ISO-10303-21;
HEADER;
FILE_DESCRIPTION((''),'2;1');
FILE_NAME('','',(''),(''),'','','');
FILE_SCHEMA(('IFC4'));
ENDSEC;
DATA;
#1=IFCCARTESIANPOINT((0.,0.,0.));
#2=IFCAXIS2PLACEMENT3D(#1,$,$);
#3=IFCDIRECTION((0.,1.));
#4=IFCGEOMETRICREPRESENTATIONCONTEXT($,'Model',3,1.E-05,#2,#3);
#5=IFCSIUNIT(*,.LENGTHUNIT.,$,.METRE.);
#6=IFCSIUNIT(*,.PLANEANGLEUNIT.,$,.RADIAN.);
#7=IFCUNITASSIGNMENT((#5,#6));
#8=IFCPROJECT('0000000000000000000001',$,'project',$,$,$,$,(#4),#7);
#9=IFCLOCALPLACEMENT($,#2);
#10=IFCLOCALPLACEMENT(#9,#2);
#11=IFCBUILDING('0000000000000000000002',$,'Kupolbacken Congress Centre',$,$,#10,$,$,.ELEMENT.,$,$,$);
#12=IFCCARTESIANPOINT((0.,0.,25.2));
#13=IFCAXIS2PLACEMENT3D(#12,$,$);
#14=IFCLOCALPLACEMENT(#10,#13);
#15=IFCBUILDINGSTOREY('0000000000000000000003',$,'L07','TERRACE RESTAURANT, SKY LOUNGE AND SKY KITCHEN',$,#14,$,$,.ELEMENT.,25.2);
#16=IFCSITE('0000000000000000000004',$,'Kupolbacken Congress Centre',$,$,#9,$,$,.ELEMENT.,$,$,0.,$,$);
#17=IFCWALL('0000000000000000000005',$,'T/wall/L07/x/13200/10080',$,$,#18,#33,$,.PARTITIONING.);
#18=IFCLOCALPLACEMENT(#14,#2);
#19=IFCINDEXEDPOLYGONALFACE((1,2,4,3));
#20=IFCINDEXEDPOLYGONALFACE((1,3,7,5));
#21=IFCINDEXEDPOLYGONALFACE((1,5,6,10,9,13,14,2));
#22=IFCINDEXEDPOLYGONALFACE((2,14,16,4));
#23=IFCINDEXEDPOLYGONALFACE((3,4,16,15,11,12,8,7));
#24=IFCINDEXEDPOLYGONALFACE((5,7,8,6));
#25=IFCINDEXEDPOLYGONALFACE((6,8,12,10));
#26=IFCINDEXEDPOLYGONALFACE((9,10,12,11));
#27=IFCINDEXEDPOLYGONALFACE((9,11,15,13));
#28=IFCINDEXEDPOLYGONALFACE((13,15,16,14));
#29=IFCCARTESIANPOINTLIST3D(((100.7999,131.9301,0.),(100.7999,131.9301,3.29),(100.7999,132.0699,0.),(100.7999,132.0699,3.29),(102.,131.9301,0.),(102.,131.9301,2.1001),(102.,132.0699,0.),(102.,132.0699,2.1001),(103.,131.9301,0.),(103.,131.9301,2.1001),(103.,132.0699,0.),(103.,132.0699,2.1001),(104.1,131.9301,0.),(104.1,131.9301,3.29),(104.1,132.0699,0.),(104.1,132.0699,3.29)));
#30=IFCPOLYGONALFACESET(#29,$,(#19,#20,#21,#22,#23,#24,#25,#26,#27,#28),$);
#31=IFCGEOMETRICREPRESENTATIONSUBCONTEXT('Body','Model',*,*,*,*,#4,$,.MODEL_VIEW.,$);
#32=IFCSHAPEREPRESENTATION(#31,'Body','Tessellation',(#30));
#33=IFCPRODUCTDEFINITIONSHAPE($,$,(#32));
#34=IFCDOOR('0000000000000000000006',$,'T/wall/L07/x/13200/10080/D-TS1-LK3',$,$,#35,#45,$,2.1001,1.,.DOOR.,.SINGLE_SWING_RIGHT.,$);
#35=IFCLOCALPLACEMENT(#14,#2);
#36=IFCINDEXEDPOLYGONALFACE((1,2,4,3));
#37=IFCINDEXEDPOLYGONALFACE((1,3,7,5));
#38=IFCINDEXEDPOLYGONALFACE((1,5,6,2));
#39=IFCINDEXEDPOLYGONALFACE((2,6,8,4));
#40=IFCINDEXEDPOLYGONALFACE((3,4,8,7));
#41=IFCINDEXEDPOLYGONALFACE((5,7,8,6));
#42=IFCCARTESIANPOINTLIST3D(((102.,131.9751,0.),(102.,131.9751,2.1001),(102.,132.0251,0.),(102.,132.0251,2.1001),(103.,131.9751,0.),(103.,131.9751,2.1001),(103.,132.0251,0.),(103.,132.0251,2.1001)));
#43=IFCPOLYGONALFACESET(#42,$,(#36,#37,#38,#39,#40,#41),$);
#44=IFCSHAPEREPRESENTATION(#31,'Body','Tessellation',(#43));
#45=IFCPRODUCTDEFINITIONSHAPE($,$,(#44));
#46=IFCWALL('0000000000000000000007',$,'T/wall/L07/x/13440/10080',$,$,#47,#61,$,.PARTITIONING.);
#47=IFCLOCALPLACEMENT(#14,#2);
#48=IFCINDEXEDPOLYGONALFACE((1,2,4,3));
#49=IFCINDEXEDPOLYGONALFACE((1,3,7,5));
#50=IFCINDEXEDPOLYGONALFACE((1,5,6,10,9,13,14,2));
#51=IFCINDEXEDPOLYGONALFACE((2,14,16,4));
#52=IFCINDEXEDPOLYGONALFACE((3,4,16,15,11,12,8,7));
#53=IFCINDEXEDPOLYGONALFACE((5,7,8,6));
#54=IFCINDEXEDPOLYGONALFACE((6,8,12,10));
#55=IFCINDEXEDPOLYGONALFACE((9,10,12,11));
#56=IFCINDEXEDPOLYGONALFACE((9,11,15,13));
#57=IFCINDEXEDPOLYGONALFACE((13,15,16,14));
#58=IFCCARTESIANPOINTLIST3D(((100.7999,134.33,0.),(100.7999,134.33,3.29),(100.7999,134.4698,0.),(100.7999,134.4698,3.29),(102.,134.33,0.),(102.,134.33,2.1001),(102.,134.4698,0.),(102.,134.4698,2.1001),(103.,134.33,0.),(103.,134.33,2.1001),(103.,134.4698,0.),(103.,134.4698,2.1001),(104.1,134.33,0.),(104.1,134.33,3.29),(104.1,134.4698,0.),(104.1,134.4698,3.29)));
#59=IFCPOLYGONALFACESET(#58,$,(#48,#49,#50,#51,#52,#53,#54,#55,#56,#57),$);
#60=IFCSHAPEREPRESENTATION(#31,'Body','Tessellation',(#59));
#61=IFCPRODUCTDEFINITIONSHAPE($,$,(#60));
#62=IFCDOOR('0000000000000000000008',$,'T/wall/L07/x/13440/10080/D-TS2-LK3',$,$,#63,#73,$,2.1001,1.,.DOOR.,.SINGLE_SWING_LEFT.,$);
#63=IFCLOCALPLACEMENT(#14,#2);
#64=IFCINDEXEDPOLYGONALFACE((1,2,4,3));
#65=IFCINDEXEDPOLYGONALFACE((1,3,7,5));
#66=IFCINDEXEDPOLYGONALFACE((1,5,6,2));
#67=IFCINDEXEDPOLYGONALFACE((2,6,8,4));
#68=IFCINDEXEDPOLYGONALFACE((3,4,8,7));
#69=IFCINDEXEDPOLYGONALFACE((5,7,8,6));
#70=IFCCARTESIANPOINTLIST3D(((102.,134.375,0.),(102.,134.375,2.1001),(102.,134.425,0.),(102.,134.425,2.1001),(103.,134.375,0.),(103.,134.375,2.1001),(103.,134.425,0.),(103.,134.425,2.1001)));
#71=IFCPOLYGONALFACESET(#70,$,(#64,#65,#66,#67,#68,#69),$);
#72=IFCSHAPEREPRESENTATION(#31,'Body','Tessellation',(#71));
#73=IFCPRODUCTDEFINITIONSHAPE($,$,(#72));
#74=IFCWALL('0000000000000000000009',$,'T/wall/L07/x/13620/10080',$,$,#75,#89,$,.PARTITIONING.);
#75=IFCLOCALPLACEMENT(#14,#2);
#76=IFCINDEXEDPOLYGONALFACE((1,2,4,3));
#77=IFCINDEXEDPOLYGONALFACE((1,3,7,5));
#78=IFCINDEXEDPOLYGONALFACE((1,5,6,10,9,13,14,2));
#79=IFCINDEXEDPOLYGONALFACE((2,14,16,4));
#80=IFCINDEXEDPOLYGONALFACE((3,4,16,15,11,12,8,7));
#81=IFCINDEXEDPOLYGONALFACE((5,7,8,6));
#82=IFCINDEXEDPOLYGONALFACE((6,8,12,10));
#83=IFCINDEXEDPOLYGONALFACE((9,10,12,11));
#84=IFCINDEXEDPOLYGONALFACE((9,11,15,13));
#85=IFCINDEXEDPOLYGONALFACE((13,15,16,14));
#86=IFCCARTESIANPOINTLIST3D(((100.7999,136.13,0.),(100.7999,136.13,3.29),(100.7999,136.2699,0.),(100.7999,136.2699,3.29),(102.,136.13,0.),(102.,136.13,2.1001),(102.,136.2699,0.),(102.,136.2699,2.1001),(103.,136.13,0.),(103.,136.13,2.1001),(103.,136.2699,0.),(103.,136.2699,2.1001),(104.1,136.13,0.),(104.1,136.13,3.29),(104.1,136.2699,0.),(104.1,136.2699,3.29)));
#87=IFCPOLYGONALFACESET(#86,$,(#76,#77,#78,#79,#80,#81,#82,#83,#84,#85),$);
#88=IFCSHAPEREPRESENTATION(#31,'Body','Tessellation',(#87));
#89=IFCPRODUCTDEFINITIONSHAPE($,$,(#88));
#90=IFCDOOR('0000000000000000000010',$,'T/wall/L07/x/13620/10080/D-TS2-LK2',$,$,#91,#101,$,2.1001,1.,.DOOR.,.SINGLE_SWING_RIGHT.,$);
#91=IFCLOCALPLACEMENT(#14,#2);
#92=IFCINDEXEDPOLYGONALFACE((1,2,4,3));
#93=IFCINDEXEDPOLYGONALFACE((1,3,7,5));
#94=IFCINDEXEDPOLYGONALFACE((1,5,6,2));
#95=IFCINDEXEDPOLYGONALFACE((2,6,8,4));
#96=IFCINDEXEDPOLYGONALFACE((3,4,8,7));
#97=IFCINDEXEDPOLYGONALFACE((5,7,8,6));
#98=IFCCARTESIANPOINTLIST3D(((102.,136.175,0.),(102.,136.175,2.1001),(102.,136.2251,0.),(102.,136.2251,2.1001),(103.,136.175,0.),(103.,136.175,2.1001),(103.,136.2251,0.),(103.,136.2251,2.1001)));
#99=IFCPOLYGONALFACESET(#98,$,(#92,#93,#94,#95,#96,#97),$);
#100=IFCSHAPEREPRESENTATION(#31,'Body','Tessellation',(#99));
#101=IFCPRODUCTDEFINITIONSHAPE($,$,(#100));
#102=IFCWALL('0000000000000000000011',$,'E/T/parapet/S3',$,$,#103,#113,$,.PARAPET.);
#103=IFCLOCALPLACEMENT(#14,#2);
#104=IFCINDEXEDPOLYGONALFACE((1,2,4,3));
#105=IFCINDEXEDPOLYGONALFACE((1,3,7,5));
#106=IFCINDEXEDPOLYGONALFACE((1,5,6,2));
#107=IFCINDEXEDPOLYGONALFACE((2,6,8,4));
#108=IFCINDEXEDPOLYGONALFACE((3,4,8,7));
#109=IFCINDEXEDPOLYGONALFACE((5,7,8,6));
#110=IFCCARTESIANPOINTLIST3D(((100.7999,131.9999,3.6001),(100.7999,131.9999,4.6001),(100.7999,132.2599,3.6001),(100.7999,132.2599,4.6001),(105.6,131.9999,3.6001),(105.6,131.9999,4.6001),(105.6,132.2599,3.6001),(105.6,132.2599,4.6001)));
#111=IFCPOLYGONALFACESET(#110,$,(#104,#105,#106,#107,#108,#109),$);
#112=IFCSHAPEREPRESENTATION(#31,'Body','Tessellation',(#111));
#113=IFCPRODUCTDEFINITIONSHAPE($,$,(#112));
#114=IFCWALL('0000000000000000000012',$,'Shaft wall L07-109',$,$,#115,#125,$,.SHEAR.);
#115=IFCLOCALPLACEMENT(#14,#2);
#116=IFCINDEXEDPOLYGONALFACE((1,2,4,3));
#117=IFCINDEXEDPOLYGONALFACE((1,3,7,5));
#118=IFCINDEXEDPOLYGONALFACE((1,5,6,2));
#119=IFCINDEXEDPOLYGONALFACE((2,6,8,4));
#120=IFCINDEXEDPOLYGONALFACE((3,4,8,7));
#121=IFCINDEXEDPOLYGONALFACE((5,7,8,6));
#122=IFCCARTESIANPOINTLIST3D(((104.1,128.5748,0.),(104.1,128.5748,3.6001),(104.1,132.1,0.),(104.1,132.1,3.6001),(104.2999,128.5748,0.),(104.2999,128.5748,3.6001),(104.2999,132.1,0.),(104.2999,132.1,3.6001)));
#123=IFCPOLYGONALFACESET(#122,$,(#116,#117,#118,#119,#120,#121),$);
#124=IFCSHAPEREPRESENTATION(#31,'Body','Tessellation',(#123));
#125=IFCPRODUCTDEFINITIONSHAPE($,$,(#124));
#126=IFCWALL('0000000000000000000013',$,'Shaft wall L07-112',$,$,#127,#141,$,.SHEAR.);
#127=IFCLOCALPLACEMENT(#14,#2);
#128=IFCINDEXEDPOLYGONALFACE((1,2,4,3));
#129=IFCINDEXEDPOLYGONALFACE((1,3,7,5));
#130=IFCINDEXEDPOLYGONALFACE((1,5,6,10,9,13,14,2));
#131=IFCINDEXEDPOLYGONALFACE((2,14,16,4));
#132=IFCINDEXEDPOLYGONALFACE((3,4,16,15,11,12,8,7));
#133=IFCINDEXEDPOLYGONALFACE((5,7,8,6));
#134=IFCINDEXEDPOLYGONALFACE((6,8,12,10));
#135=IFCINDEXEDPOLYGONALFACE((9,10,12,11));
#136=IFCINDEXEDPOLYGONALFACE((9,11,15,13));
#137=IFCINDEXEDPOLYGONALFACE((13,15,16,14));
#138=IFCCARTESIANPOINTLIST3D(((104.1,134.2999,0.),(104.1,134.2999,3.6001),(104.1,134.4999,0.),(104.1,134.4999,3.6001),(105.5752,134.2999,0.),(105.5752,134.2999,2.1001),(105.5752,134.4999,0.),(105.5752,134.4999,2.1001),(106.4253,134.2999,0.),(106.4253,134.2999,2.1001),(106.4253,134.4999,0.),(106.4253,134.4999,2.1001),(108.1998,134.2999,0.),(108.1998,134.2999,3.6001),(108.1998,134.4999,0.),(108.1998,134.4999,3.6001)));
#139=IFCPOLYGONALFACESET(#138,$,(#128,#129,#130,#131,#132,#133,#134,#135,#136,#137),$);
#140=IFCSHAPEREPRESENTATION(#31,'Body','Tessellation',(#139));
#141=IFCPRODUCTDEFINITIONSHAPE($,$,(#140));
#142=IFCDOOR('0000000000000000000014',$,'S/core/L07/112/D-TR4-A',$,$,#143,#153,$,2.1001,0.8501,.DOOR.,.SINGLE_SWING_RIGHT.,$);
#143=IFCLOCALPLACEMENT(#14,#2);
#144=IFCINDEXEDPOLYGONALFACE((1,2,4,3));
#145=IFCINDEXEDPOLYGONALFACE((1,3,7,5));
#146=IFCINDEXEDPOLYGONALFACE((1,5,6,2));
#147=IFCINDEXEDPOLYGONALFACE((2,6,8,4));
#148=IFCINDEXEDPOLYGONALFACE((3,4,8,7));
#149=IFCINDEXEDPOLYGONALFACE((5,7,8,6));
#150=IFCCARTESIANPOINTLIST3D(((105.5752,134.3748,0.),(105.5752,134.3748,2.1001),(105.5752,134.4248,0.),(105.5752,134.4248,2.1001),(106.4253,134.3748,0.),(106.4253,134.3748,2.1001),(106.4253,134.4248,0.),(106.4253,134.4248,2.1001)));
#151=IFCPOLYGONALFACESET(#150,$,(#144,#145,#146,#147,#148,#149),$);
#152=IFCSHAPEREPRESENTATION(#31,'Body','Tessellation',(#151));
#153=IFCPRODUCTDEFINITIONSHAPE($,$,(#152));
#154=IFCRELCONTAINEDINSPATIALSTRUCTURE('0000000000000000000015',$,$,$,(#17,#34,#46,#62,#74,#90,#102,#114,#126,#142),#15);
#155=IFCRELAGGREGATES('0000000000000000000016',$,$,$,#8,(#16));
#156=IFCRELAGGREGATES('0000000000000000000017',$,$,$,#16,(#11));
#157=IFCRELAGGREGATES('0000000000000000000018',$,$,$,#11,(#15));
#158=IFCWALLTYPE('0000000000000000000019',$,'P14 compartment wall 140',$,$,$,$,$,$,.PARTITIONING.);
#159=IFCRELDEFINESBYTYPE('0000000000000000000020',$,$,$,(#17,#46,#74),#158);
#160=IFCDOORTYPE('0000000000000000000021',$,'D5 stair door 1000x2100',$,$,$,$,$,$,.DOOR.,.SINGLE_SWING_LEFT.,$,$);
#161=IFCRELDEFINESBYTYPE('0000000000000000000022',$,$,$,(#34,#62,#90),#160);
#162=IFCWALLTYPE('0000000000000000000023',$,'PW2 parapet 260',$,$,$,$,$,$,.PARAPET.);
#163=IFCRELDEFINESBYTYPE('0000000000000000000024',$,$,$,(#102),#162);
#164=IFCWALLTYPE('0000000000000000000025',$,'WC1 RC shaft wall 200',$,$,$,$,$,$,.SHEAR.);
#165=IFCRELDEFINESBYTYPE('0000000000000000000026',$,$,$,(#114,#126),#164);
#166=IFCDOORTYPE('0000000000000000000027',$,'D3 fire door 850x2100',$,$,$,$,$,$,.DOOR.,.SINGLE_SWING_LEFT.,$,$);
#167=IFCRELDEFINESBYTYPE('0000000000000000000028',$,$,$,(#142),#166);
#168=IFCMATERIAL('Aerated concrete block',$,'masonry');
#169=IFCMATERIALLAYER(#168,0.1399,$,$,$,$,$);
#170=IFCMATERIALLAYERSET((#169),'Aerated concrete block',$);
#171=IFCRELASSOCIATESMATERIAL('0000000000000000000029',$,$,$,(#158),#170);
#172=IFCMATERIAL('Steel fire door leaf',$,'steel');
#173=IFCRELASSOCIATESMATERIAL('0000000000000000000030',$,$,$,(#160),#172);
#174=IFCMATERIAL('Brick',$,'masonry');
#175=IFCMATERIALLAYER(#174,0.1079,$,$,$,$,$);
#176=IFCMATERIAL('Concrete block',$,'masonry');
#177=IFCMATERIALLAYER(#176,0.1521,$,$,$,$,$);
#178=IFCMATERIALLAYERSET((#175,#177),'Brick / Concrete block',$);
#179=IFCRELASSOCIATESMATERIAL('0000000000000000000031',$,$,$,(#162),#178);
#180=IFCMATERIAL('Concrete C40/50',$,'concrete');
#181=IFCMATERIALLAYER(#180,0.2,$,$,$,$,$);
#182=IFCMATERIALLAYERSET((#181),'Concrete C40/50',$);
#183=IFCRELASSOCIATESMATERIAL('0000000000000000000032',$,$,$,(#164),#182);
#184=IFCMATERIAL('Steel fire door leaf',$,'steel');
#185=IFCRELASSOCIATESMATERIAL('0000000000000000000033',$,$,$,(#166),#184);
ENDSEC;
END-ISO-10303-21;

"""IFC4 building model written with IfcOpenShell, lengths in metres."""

from ifc_helpers import new_model, si_unit, direction, frame, frame_2d, origin, place, context, subcontext, project, spatial, rectangle, extrude, material, layer, layer_set, type_object, element, fill, save


model = new_model("IFC4")

# Units and contexts
model_context = context("Model", 3, precision=1e-05, world=origin(), true_north=direction((0.0, 1.0)))
body_context = subcontext(model_context, "Body", "Model", "MODEL_VIEW")
ifc_project = project(units=[si_unit("LENGTHUNIT", "METRE"), si_unit("PLANEANGLEUNIT", "RADIAN")], contexts=[model_context])

# Site, building, storey
site_placement = place(None, origin())
site = spatial("IfcSite", under=ifc_project, at=site_placement, Name="Kupolbacken Congress Centre", CompositionType="ELEMENT", RefElevation=0.0)
building_placement = place(site_placement, origin())
building = spatial("IfcBuilding", under=site, at=building_placement, Name="Kupolbacken Congress Centre", CompositionType="ELEMENT")
storey_placement = place(building_placement, frame((0.0, 0.0, 25.2)))
storey = spatial("IfcBuildingStorey", under=building, at=storey_placement, Name="L07", Description="TERRACE RESTAURANT, SKY LOUNGE AND SKY KITCHEN", CompositionType="ELEMENT", Elevation=25.2)

# Walls, openings, doors
ifc_material_1 = material(Name="Aerated concrete block", Category="masonry")
ifc_layer_1 = layer(ifc_material_1, 0.1399)
ifc_layer_set_1 = layer_set([ifc_layer_1], Name="Aerated concrete block")
wall_type_1 = type_object("IfcWallType", Name="P14 compartment wall 140", PredefinedType="PARTITIONING", material=ifc_layer_set_1)
wall_1_placement = place(storey_placement, frame((100.8, 132.0, 0.0), z_axis=(0.0, 0.0, 1.0), x_axis=(1.0, 0.0, 0.0)))
wall_1 = element("IfcWall", 1, at=wall_1_placement, inside=storey, type_object=wall_type_1, Name="T/wall/L07/x/13200/10080", PredefinedType="PARTITIONING", context=body_context, shape_type="SweptSolid", body=[
    extrude(rectangle(XDim=3.3, YDim=0.1399, at=frame_2d((1.6499, 0.0))), origin(), (0.0, 0.0, 1.0), 3.29),
])
opening_1_placement = place(wall_1_placement, frame((1.2, 0.0, 0.0)))
opening_1 = element("IfcOpeningElement", 2, at=opening_1_placement, cuts=wall_1, PredefinedType="OPENING", context=body_context, shape_type="SweptSolid", body=[
    extrude(rectangle(XDim=1.0, YDim=2.1001, at=frame_2d((0.5, 1.05))), frame((0.0, 0.0798, 0.0), z_axis=(0.0, -1.0, 0.0), x_axis=(1.0, 0.0, 0.0)), (0.0, 0.0, 1.0), 0.1599),
])
ifc_material_2 = material(Name="Steel fire door leaf", Category="steel")
door_type_1 = type_object("IfcDoorType", Name="D5 stair door 1000x2100", OperationType="SINGLE_SWING_LEFT", PredefinedType="DOOR", material=ifc_material_2)
door_1_placement = place(opening_1_placement, frame((1.0, 0.0, 0.0), z_axis=(0.0, 0.0, 1.0), x_axis=(-1.0, 0.0, 0.0)))
door_1 = element("IfcDoor", 3, at=door_1_placement, inside=storey, type_object=door_type_1, Name="T/wall/L07/x/13200/10080/D-TS1-LK3", OperationType="SINGLE_SWING_RIGHT", OverallHeight=2.1001, OverallWidth=1.0, PredefinedType="DOOR", context=body_context, shape_type="SweptSolid", body=[
    extrude(rectangle(XDim=1.0, YDim=2.1001, at=frame_2d((0.5, 1.05))), frame((0.0, 0.0249, 0.0), z_axis=(0.0, -1.0, 0.0), x_axis=(1.0, 0.0, 0.0)), (0.0, 0.0, 1.0), 0.05),
])
fill(opening_1, door_1)
wall_2_placement = place(storey_placement, frame((100.8, 134.3999, 0.0), z_axis=(0.0, 0.0, 1.0), x_axis=(1.0, 0.0, 0.0)))
wall_2 = element("IfcWall", 4, at=wall_2_placement, inside=storey, type_object=wall_type_1, Name="T/wall/L07/x/13440/10080", PredefinedType="PARTITIONING", context=body_context, shape_type="SweptSolid", body=[
    extrude(rectangle(XDim=3.3, YDim=0.1399, at=frame_2d((1.6499, 0.0))), origin(), (0.0, 0.0, 1.0), 3.29),
])
opening_2_placement = place(wall_2_placement, frame((1.2, 0.0, 0.0)))
opening_2 = element("IfcOpeningElement", 5, at=opening_2_placement, cuts=wall_2, PredefinedType="OPENING", context=body_context, shape_type="SweptSolid", body=[
    extrude(rectangle(XDim=1.0, YDim=2.1001, at=frame_2d((0.5, 1.05))), frame((0.0, 0.0798, 0.0), z_axis=(0.0, -1.0, 0.0), x_axis=(1.0, 0.0, 0.0)), (0.0, 0.0, 1.0), 0.1599),
])
door_2_placement = place(opening_2_placement, frame((1.0, 0.0, 0.0), z_axis=(0.0, 0.0, 1.0), x_axis=(-1.0, 0.0, 0.0)))
door_2 = element("IfcDoor", 6, at=door_2_placement, inside=storey, type_object=door_type_1, Name="T/wall/L07/x/13440/10080/D-TS2-LK3", OperationType="SINGLE_SWING_LEFT", OverallHeight=2.1001, OverallWidth=1.0, PredefinedType="DOOR", context=body_context, shape_type="SweptSolid", body=[
    extrude(rectangle(XDim=1.0, YDim=2.1001, at=frame_2d((0.5, 1.05))), frame((0.0, 0.0249, 0.0), z_axis=(0.0, -1.0, 0.0), x_axis=(1.0, 0.0, 0.0)), (0.0, 0.0, 1.0), 0.05),
])
fill(opening_2, door_2)
wall_3_placement = place(storey_placement, frame((100.8, 136.2, 0.0), z_axis=(0.0, 0.0, 1.0), x_axis=(1.0, 0.0, 0.0)))
wall_3 = element("IfcWall", 7, at=wall_3_placement, inside=storey, type_object=wall_type_1, Name="T/wall/L07/x/13620/10080", PredefinedType="PARTITIONING", context=body_context, shape_type="SweptSolid", body=[
    extrude(rectangle(XDim=3.3, YDim=0.1399, at=frame_2d((1.6499, 0.0))), origin(), (0.0, 0.0, 1.0), 3.29),
])
opening_3_placement = place(wall_3_placement, frame((1.2, 0.0, 0.0)))
opening_3 = element("IfcOpeningElement", 8, at=opening_3_placement, cuts=wall_3, PredefinedType="OPENING", context=body_context, shape_type="SweptSolid", body=[
    extrude(rectangle(XDim=1.0, YDim=2.1001, at=frame_2d((0.5, 1.05))), frame((0.0, 0.0798, 0.0), z_axis=(0.0, -1.0, 0.0), x_axis=(1.0, 0.0, 0.0)), (0.0, 0.0, 1.0), 0.1599),
])
door_3_placement = place(opening_3_placement, frame((1.0, 0.0, 0.0), z_axis=(0.0, 0.0, 1.0), x_axis=(-1.0, 0.0, 0.0)))
door_3 = element("IfcDoor", 9, at=door_3_placement, inside=storey, type_object=door_type_1, Name="T/wall/L07/x/13620/10080/D-TS2-LK2", OperationType="SINGLE_SWING_RIGHT", OverallHeight=2.1001, OverallWidth=1.0, PredefinedType="DOOR", context=body_context, shape_type="SweptSolid", body=[
    extrude(rectangle(XDim=1.0, YDim=2.1001, at=frame_2d((0.5, 1.05))), frame((0.0, 0.0249, 0.0), z_axis=(0.0, -1.0, 0.0), x_axis=(1.0, 0.0, 0.0)), (0.0, 0.0, 1.0), 0.05),
])
fill(opening_3, door_3)

# Walls
ifc_material_3 = material(Name="Brick", Category="masonry")
ifc_layer_2 = layer(ifc_material_3, 0.1079)
ifc_material_4 = material(Name="Concrete block", Category="masonry")
ifc_layer_3 = layer(ifc_material_4, 0.1521)
ifc_layer_set_2 = layer_set([ifc_layer_2, ifc_layer_3], Name="Brick / Concrete block")
wall_type_2 = type_object("IfcWallType", Name="PW2 parapet 260", PredefinedType="PARAPET", material=ifc_layer_set_2)
wall_4_placement = place(storey_placement, frame((100.8, 132.1299, 3.6001), z_axis=(0.0, 0.0, 1.0), x_axis=(1.0, 0.0, 0.0)))
element("IfcWall", 10, at=wall_4_placement, inside=storey, type_object=wall_type_2, Name="E/T/parapet/S3", PredefinedType="PARAPET", context=body_context, shape_type="SweptSolid", body=[
    extrude(rectangle(XDim=4.8, YDim=0.26, at=frame_2d((2.3999, 0.0))), origin(), (0.0, 0.0, 1.0), 1.0),
])
ifc_material_5 = material(Name="Concrete C40/50", Category="concrete")
ifc_layer_4 = layer(ifc_material_5, 0.2)
ifc_layer_set_3 = layer_set([ifc_layer_4], Name="Concrete C40/50")
wall_type_3 = type_object("IfcWallType", Name="WC1 RC shaft wall 200", PredefinedType="SHEAR", material=ifc_layer_set_3)
wall_5_placement = place(storey_placement, frame((104.2, 132.1001, 0.0), z_axis=(0.0, 0.0, 1.0), x_axis=(0.0, -1.0, 0.0)))
element("IfcWall", 11, at=wall_5_placement, inside=storey, type_object=wall_type_3, Name="Shaft wall L07-109", PredefinedType="SHEAR", context=body_context, shape_type="SweptSolid", body=[
    extrude(rectangle(XDim=3.5251, YDim=0.2, at=frame_2d((1.7627, 0.0))), origin(), (0.0, 0.0, 1.0), 3.6001),
])

# Wall, opening, door
wall_6_placement = place(storey_placement, frame((104.1001, 134.3999, 0.0), z_axis=(0.0, 0.0, 1.0), x_axis=(1.0, 0.0, 0.0)))
wall_6 = element("IfcWall", 12, at=wall_6_placement, inside=storey, type_object=wall_type_3, Name="Shaft wall L07-112", PredefinedType="SHEAR", context=body_context, shape_type="SweptSolid", body=[
    extrude(rectangle(XDim=4.0999, YDim=0.2, at=frame_2d((2.0498, 0.0))), origin(), (0.0, 0.0, 1.0), 3.6001),
])
opening_4_placement = place(wall_6_placement, frame((1.4751, 0.0, 0.0)))
opening_4 = element("IfcOpeningElement", 13, at=opening_4_placement, cuts=wall_6, PredefinedType="OPENING", context=body_context, shape_type="SweptSolid", body=[
    extrude(rectangle(XDim=0.8501, YDim=2.1001, at=frame_2d((0.425, 1.05))), frame((0.0, 0.1099, 0.0), z_axis=(0.0, -1.0, 0.0), x_axis=(1.0, 0.0, 0.0)), (0.0, 0.0, 1.0), 0.22),
])
ifc_material_6 = material(Name="Steel fire door leaf", Category="steel")
door_type_2 = type_object("IfcDoorType", Name="D3 fire door 850x2100", OperationType="SINGLE_SWING_LEFT", PredefinedType="DOOR", material=ifc_material_6)
door_4_placement = place(opening_4_placement, origin())
door_4 = element("IfcDoor", 14, at=door_4_placement, inside=storey, type_object=door_type_2, Name="S/core/L07/112/D-TR4-A", OperationType="SINGLE_SWING_RIGHT", OverallHeight=2.1001, OverallWidth=0.8501, PredefinedType="DOOR", context=body_context, shape_type="SweptSolid", body=[
    extrude(rectangle(XDim=0.8501, YDim=2.1001, at=frame_2d((0.425, 1.05))), frame((0.0, 0.0249, 0.0), z_axis=(0.0, -1.0, 0.0), x_axis=(1.0, 0.0, 0.0)), (0.0, 0.0, 1.0), 0.05),
])
fill(opening_4, door_4)

save(model, "model.ifc")
